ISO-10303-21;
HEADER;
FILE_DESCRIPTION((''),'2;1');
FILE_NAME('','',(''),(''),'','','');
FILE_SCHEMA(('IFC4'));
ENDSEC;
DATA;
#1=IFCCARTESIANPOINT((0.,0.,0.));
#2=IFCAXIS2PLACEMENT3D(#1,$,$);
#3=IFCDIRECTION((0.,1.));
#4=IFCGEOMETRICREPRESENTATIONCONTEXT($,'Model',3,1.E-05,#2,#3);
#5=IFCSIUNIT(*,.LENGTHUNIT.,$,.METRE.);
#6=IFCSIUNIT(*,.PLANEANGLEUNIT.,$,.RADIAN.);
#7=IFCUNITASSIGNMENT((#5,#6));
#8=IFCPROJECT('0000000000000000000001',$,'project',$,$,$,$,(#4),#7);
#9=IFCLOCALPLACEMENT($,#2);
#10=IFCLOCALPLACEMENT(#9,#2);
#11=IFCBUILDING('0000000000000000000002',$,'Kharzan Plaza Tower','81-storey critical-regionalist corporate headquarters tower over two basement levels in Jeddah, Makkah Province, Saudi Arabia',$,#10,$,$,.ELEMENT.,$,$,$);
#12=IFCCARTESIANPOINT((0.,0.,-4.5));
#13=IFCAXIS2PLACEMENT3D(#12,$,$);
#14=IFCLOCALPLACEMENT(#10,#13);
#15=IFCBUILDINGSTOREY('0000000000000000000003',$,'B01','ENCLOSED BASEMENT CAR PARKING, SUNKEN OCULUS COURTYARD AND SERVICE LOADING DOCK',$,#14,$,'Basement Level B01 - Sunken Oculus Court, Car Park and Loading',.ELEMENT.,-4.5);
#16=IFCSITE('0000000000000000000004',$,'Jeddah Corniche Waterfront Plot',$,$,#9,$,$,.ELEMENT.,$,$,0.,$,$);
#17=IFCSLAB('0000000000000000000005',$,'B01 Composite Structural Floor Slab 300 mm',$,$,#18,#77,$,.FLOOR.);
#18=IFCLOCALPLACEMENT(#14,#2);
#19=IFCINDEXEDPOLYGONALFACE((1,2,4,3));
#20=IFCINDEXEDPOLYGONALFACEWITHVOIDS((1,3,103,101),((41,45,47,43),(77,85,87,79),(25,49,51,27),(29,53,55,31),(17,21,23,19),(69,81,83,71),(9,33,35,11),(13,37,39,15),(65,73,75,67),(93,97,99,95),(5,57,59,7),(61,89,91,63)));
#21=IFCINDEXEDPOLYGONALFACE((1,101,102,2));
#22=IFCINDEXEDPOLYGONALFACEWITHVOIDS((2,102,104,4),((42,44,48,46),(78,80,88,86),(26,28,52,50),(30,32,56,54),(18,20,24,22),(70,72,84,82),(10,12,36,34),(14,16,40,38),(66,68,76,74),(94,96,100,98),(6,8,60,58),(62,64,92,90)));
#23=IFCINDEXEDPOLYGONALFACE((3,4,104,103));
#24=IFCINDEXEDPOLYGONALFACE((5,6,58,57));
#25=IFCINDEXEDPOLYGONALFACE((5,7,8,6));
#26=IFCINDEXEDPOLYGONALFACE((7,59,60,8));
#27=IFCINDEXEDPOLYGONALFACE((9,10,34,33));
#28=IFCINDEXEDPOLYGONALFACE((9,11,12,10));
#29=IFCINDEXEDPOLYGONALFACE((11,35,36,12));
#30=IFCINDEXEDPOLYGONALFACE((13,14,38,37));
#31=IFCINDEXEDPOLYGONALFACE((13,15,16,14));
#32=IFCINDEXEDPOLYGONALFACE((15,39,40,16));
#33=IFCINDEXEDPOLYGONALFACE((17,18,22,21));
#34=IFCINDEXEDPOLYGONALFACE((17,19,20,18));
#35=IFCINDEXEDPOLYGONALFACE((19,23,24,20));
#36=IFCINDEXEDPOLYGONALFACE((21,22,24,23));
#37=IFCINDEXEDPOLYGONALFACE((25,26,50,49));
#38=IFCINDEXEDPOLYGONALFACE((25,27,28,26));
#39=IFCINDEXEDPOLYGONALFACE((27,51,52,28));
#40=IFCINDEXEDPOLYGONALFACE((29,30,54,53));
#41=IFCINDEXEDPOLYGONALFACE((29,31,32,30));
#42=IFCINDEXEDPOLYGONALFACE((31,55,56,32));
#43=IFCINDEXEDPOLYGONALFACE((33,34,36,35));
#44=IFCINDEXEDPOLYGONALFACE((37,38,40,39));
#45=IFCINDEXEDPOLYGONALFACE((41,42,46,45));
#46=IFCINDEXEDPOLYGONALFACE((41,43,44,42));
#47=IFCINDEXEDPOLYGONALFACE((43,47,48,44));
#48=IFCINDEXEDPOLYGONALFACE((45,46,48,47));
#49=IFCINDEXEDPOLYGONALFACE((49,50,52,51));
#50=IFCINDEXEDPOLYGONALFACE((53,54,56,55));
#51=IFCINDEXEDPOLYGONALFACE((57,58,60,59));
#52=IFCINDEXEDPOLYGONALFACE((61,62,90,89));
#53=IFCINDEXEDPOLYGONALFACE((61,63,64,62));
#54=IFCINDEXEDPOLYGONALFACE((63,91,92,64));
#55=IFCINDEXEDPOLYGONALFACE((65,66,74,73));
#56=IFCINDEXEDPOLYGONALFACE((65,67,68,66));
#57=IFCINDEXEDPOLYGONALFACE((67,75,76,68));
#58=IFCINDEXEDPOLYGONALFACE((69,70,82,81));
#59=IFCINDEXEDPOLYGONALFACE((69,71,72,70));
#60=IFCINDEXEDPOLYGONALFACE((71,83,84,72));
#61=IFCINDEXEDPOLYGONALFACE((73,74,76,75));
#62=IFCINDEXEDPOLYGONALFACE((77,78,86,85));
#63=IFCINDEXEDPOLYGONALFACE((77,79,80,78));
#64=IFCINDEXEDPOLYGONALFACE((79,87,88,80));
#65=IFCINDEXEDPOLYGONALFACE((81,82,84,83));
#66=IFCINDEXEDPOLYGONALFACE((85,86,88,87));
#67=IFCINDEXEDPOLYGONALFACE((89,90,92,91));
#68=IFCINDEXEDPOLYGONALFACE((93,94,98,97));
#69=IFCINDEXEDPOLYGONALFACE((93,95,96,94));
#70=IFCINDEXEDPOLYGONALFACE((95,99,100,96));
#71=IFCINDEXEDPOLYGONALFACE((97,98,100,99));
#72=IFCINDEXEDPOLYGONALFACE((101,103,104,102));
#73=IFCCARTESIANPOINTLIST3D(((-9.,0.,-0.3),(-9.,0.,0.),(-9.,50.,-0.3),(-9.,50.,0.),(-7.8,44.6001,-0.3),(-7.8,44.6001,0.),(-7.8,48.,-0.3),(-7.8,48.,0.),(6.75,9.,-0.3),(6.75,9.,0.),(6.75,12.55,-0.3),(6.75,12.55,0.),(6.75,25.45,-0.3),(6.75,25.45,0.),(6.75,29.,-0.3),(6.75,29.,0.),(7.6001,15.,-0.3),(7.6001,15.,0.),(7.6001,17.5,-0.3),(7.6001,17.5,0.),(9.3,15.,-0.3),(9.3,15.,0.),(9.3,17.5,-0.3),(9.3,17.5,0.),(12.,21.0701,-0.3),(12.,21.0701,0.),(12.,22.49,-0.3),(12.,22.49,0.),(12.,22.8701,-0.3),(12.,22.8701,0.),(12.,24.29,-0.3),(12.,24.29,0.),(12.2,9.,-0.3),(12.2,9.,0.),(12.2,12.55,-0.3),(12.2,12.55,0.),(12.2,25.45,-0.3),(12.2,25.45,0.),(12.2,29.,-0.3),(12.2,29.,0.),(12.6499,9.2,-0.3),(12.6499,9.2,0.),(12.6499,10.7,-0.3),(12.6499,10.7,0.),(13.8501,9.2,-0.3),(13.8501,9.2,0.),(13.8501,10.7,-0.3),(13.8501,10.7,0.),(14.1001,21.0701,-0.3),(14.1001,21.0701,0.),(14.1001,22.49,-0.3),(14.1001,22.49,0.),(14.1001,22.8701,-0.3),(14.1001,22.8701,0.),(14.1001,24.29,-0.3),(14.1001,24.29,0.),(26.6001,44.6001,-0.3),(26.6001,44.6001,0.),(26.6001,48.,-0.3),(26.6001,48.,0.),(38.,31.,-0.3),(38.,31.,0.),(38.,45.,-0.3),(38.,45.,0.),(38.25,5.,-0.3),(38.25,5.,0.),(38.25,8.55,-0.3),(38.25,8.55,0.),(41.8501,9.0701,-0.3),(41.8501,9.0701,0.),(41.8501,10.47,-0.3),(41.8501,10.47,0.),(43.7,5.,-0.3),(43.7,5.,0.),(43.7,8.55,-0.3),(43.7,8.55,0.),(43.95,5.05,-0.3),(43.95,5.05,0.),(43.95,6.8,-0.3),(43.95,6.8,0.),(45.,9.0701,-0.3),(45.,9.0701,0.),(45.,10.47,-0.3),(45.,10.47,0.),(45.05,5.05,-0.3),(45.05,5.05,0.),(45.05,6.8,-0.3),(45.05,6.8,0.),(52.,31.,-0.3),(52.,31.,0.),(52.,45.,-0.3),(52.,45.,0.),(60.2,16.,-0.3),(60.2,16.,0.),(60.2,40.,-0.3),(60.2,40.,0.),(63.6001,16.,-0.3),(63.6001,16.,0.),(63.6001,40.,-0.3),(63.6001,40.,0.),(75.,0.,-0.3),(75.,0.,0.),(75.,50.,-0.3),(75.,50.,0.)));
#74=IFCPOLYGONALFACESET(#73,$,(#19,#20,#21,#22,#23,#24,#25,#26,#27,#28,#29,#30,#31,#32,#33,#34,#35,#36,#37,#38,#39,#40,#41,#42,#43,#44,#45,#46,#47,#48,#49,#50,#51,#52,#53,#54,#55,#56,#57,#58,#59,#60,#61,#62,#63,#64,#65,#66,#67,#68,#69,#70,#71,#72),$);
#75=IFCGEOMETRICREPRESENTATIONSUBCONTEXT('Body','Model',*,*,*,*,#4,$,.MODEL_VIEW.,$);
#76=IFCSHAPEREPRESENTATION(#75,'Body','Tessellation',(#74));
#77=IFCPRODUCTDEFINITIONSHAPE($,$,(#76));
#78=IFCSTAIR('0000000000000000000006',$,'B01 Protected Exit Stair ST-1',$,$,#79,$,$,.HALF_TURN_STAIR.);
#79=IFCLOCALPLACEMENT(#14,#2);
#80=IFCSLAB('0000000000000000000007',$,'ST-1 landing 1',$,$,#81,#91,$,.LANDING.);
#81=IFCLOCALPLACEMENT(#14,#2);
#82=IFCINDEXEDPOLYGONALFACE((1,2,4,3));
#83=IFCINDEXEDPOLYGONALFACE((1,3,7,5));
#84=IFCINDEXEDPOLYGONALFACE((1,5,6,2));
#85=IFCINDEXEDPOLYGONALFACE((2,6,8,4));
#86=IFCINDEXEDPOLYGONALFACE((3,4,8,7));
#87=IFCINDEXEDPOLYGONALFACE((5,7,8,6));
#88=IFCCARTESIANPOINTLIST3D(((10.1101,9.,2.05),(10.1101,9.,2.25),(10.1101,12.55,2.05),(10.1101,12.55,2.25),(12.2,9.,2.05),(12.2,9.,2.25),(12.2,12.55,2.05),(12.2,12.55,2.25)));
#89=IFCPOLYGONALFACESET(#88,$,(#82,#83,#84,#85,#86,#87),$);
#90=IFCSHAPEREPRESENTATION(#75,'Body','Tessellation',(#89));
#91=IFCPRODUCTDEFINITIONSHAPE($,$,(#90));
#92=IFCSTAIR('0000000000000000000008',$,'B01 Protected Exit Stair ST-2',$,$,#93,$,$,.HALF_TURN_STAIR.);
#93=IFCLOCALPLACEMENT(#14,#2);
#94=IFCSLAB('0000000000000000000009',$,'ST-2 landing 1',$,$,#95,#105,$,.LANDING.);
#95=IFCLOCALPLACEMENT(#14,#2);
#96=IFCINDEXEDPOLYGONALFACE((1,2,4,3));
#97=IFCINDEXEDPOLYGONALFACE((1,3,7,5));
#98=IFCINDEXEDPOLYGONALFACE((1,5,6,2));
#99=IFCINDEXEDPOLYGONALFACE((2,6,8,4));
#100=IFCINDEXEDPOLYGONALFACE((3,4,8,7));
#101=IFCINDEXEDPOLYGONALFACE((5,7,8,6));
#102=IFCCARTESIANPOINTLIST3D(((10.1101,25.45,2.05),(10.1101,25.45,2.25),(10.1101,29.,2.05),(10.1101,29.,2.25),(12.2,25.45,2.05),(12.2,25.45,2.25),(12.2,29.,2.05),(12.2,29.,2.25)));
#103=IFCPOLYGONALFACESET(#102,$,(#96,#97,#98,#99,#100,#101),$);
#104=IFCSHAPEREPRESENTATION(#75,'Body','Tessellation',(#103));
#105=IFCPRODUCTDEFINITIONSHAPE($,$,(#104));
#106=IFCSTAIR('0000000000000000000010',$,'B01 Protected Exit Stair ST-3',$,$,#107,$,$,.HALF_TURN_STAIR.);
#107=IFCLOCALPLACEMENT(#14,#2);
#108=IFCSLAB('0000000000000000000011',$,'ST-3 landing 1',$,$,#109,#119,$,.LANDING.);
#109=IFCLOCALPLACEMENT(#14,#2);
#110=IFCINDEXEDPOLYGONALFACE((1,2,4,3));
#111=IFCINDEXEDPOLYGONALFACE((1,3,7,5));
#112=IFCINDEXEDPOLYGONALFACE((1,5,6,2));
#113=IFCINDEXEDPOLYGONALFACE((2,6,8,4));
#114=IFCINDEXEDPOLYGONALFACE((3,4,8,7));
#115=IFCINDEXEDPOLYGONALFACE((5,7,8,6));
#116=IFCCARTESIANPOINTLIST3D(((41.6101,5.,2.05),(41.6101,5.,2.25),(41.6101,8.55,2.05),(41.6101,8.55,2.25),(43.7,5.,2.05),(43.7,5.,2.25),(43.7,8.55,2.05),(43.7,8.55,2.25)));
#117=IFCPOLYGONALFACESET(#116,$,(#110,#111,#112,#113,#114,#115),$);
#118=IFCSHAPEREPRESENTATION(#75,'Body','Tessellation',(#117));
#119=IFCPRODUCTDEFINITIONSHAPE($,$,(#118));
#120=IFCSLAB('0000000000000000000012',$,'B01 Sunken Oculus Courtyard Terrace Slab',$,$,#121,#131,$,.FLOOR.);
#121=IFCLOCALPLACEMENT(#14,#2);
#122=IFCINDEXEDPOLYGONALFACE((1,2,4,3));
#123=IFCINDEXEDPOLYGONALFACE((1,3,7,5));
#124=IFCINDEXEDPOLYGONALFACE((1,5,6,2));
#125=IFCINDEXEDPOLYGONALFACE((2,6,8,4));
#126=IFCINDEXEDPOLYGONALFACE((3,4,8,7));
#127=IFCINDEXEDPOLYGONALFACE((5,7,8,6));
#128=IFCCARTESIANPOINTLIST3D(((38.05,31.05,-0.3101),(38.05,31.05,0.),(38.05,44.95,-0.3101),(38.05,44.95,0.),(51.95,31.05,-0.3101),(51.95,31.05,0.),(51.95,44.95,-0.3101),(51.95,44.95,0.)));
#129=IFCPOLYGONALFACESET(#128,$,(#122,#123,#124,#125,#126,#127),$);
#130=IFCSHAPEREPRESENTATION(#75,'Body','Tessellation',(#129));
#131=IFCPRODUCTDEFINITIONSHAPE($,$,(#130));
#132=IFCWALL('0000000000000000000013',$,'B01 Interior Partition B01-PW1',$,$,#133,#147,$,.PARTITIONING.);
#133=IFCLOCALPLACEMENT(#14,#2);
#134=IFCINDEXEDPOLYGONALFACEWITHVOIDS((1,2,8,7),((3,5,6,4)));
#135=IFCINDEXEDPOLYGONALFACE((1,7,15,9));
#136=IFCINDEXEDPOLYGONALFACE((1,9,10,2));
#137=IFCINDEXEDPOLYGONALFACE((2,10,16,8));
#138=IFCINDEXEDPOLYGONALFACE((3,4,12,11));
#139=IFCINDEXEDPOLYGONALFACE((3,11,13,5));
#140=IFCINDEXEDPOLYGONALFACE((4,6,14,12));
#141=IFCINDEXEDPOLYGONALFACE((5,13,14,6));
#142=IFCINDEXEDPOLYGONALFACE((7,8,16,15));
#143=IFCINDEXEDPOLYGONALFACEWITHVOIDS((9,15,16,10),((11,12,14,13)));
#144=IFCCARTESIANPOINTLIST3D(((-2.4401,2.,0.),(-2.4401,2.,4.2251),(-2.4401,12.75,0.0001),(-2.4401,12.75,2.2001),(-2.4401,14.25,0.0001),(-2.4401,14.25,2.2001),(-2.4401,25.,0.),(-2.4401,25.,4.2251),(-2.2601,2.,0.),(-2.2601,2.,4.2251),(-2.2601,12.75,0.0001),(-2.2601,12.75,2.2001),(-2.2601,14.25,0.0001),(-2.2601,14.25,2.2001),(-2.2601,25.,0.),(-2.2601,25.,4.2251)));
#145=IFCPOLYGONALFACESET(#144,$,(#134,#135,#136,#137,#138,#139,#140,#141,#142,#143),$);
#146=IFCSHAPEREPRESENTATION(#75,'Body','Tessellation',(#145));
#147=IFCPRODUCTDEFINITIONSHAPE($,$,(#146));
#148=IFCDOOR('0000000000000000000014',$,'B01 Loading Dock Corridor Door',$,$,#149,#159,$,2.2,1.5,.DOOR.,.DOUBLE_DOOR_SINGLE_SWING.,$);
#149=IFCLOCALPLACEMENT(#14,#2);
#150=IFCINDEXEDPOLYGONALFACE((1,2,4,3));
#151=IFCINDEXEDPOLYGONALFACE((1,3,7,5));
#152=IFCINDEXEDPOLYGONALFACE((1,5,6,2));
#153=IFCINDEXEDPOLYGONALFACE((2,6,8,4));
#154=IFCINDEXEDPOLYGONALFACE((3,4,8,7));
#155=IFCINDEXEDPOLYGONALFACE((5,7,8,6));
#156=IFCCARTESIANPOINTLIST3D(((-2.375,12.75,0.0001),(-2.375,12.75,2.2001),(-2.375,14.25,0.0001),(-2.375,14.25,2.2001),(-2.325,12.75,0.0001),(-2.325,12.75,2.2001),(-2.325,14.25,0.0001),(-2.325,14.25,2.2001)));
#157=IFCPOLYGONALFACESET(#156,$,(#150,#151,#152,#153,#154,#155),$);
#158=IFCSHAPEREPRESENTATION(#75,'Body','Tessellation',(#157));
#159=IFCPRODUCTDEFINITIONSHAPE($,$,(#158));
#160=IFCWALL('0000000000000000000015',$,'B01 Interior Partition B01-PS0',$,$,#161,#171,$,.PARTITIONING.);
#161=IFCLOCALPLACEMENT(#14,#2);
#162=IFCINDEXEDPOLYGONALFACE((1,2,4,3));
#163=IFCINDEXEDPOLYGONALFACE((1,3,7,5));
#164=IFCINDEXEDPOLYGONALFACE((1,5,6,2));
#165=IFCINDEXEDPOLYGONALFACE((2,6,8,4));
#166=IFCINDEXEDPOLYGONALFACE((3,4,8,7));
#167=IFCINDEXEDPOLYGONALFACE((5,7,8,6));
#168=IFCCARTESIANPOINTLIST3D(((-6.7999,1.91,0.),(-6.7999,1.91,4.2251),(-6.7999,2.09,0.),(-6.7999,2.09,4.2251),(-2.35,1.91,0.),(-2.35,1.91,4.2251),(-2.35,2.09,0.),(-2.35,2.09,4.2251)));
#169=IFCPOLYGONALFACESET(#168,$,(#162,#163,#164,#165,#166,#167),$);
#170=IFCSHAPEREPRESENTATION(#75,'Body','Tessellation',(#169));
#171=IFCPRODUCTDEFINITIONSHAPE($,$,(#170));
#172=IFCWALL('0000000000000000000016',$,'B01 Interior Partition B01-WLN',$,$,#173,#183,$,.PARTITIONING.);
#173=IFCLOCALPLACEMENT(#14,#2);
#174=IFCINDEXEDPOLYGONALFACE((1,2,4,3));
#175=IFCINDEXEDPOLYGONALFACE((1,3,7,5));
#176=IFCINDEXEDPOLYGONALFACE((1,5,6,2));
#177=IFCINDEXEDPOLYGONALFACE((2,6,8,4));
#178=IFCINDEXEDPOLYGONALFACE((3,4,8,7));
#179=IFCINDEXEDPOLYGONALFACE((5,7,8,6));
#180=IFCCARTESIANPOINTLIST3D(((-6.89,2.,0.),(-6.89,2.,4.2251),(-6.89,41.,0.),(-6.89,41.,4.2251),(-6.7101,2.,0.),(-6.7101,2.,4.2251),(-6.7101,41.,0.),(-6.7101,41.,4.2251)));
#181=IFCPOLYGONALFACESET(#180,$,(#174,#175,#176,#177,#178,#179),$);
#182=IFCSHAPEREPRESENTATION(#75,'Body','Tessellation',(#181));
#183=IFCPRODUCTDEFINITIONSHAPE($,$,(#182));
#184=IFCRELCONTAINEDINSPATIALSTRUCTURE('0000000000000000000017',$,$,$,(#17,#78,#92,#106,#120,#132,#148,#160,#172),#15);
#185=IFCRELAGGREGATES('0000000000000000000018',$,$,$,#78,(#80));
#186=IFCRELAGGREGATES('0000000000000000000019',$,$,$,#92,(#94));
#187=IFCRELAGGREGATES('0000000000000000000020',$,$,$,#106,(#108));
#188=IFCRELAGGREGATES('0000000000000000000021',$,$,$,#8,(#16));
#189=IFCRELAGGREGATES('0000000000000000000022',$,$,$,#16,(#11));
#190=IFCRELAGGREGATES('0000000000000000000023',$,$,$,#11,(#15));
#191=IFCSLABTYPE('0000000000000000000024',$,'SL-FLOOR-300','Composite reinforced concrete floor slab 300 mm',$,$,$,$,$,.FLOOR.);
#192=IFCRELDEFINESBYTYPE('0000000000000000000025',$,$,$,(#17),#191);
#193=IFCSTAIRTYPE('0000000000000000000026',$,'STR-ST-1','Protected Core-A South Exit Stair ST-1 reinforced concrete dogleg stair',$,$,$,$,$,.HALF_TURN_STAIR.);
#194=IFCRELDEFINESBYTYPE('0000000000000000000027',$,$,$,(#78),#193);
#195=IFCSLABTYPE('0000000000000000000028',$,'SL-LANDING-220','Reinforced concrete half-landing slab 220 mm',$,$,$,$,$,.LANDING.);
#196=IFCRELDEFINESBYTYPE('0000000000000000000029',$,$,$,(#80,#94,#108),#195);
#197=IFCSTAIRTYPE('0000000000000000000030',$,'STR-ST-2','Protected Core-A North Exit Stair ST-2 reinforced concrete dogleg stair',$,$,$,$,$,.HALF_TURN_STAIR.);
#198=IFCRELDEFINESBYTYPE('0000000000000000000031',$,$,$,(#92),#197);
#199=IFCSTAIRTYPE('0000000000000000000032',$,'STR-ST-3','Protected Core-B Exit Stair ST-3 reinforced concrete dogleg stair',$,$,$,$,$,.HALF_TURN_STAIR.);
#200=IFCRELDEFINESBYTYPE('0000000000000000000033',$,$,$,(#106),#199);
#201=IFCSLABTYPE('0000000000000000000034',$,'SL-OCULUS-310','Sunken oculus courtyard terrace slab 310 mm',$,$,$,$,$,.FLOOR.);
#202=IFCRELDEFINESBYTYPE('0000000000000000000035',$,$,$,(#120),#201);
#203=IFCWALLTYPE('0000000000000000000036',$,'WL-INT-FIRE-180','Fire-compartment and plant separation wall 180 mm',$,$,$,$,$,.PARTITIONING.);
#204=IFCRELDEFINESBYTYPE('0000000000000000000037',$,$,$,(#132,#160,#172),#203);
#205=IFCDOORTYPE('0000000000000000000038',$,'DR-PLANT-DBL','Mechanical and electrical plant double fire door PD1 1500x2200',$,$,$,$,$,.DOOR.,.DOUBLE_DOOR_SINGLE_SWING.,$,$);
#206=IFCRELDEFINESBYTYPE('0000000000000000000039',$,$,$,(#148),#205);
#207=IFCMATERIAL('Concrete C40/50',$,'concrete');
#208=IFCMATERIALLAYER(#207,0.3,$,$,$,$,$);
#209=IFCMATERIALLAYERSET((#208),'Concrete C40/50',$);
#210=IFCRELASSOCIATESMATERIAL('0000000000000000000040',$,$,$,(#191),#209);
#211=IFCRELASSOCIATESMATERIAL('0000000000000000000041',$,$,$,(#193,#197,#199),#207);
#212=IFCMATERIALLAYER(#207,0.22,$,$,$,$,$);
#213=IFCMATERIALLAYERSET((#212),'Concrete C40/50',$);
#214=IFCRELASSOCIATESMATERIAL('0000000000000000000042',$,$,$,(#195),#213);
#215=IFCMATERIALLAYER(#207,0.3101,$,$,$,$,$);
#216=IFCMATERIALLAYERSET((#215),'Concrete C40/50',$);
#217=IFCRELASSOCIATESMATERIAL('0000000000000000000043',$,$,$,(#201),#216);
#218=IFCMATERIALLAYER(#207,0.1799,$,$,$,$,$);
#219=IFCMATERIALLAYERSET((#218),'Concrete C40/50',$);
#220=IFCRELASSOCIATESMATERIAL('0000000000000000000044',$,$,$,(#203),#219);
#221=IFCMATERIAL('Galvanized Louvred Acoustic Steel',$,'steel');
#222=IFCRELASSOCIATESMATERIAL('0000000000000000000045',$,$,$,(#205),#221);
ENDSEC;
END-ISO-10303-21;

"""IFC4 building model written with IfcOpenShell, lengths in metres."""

from ifc_helpers import new_model, si_unit, direction, frame, frame_2d, origin, place, context, subcontext, project, spatial, polyline, rectangle, outline, extrude, source, transform, mapped, material, layer, layer_set, type_object, element, fill, aggregate, save


model = new_model("IFC4")

# Units and contexts
model_context = context("Model", 3, precision=1e-05, world=origin(), true_north=direction((0.0, 1.0)))
body_context = subcontext(model_context, "Body", "Model", "MODEL_VIEW")
ifc_project = project(units=[si_unit("LENGTHUNIT", "METRE"), si_unit("PLANEANGLEUNIT", "RADIAN")], contexts=[model_context])

# Site, building, storey
site_placement = place(None, origin())
site = spatial("IfcSite", under=ifc_project, at=site_placement, Name="Jeddah Corniche Waterfront Plot", CompositionType="ELEMENT", RefElevation=0.0)
building_placement = place(site_placement, origin())
building = spatial("IfcBuilding", under=site, at=building_placement, Name="Kharzan Plaza Tower", Description="81-storey critical-regionalist corporate headquarters tower over two basement levels in Jeddah, Makkah Province, Saudi Arabia", CompositionType="ELEMENT")
storey_placement = place(building_placement, frame((0.0, 0.0, -4.5)))
storey = spatial("IfcBuildingStorey", under=building, at=storey_placement, Name="B01", Description="ENCLOSED BASEMENT CAR PARKING, SUNKEN OCULUS COURTYARD AND SERVICE LOADING DOCK", LongName="Basement Level B01 - Sunken Oculus Court, Car Park and Loading", CompositionType="ELEMENT", Elevation=-4.5)

# Slab
ifc_material_1 = material(Name="Concrete C40/50", Category="concrete")
ifc_layer_1 = layer(ifc_material_1, 0.3)
ifc_layer_set_1 = layer_set([ifc_layer_1], Name="Concrete C40/50")
slab_type_1 = type_object("IfcSlabType", Name="SL-FLOOR-300", Description="Composite reinforced concrete floor slab 300 mm", PredefinedType="FLOOR", material=ifc_layer_set_1)
slab_1_placement = place(storey_placement, frame((0.0, 0.0, -0.3)))
element("IfcSlab", 1, at=slab_1_placement, inside=storey, type_object=slab_type_1, Name="B01 Composite Structural Floor Slab 300 mm", PredefinedType="FLOOR", context=body_context, shape_type="SweptSolid", body=[
    extrude(outline(polyline([(-9.0, 0.0), (75.0, 0.0), (75.0, 50.0), (-9.0, 50.0), (-9.0, 0.0)]), holes=[polyline([(12.2, 12.55), (6.75, 12.55), (6.75, 9.0), (12.2, 9.0), (12.2, 12.55)]), polyline([(9.3, 15.0), (9.3, 17.5), (7.6001, 17.5), (7.6001, 15.0), (9.3, 15.0)]), polyline([(14.1001, 21.0701), (14.1001, 22.49), (12.0, 22.49), (12.0, 21.0701), (14.1001, 21.0701)]), polyline([(14.1001, 24.29), (12.0, 24.29), (12.0, 22.8701), (14.1001, 22.8701), (14.1001, 24.29)]), polyline([(12.2, 25.45), (12.2, 29.0), (6.75, 29.0), (6.75, 25.45), (12.2, 25.45)]), polyline([(26.6001, 44.6001), (26.6001, 48.0), (-7.8, 48.0), (-7.8, 44.6001), (26.6001, 44.6001)]), polyline([(45.05, 6.8), (43.95, 6.8), (43.95, 5.05), (45.05, 5.05), (45.05, 6.8)]), polyline([(43.7, 5.0), (43.7, 8.55), (38.25, 8.55), (38.25, 5.0), (43.7, 5.0)]), polyline([(45.0, 9.0701), (45.0, 10.47), (41.8501, 10.47), (41.8501, 9.0701), (45.0, 9.0701)]), polyline([(13.8501, 10.7), (12.6499, 10.7), (12.6499, 9.2), (13.8501, 9.2), (13.8501, 10.7)]), polyline([(63.6001, 16.0), (63.6001, 40.0), (60.2, 40.0), (60.2, 16.0), (63.6001, 16.0)]), polyline([(52.0, 31.0), (52.0, 45.0), (38.0, 45.0), (38.0, 31.0), (52.0, 31.0)])]), origin(), (0.0, 0.0, 1.0), 0.3),
])

# Stairs, slabs
stair_type_1 = type_object("IfcStairType", Name="STR-ST-1", Description="Protected Core-A South Exit Stair ST-1 reinforced concrete dogleg stair", PredefinedType="HALF_TURN_STAIR", material=ifc_material_1)
stair_1_placement = place(storey_placement, origin())
stair_1 = element("IfcStair", 2, at=stair_1_placement, inside=storey, type_object=stair_type_1, Name="B01 Protected Exit Stair ST-1", PredefinedType="HALF_TURN_STAIR")
ifc_layer_2 = layer(ifc_material_1, 0.22)
ifc_layer_set_2 = layer_set([ifc_layer_2], Name="Concrete C40/50")
slab_type_2 = type_object("IfcSlabType", Name="SL-LANDING-220", Description="Reinforced concrete half-landing slab 220 mm", PredefinedType="LANDING", material=ifc_layer_set_2)
slab_2_placement = place(storey_placement, frame((0.0, 0.0, 2.05)))
slab_2 = element("IfcSlab", 3, at=slab_2_placement, type_object=slab_type_2, Name="ST-1 landing 1", PredefinedType="LANDING", context=body_context, shape_type="SweptSolid", body=[
    extrude(outline(polyline([(10.1101, 9.0), (12.2, 9.0), (12.2, 12.55), (10.1101, 12.55), (10.1101, 9.0)])), origin(), (0.0, 0.0, 1.0), 0.2),
])
aggregate(stair_1, [slab_2])
stair_type_2 = type_object("IfcStairType", Name="STR-ST-2", Description="Protected Core-A North Exit Stair ST-2 reinforced concrete dogleg stair", PredefinedType="HALF_TURN_STAIR", material=ifc_material_1)
stair_2_placement = place(storey_placement, origin())
stair_2 = element("IfcStair", 4, at=stair_2_placement, inside=storey, type_object=stair_type_2, Name="B01 Protected Exit Stair ST-2", PredefinedType="HALF_TURN_STAIR")
slab_3_placement = place(storey_placement, frame((0.0, 0.0, 2.05)))
slab_3 = element("IfcSlab", 5, at=slab_3_placement, type_object=slab_type_2, Name="ST-2 landing 1", PredefinedType="LANDING", context=body_context, shape_type="SweptSolid", body=[
    extrude(outline(polyline([(10.1101, 25.45), (12.2, 25.45), (12.2, 29.0), (10.1101, 29.0), (10.1101, 25.45)])), origin(), (0.0, 0.0, 1.0), 0.2),
])
aggregate(stair_2, [slab_3])
stair_type_3 = type_object("IfcStairType", Name="STR-ST-3", Description="Protected Core-B Exit Stair ST-3 reinforced concrete dogleg stair", PredefinedType="HALF_TURN_STAIR", material=ifc_material_1)
stair_3_placement = place(storey_placement, origin())
stair_3 = element("IfcStair", 6, at=stair_3_placement, inside=storey, type_object=stair_type_3, Name="B01 Protected Exit Stair ST-3", PredefinedType="HALF_TURN_STAIR")
slab_4_placement = place(storey_placement, frame((0.0, 0.0, 2.05)))
slab_4 = element("IfcSlab", 7, at=slab_4_placement, type_object=slab_type_2, Name="ST-3 landing 1", PredefinedType="LANDING", context=body_context, shape_type="SweptSolid", body=[
    extrude(outline(polyline([(41.6101, 5.0), (43.7, 5.0), (43.7, 8.55), (41.6101, 8.55), (41.6101, 5.0)])), origin(), (0.0, 0.0, 1.0), 0.2),
])
aggregate(stair_3, [slab_4])

# Slab
ifc_layer_3 = layer(ifc_material_1, 0.3101)
ifc_layer_set_3 = layer_set([ifc_layer_3], Name="Concrete C40/50")
slab_type_3 = type_object("IfcSlabType", Name="SL-OCULUS-310", Description="Sunken oculus courtyard terrace slab 310 mm", PredefinedType="FLOOR", material=ifc_layer_set_3)
slab_5_placement = place(storey_placement, frame((0.0, 0.0, -0.3101)))
element("IfcSlab", 8, at=slab_5_placement, inside=storey, type_object=slab_type_3, Name="B01 Sunken Oculus Courtyard Terrace Slab", PredefinedType="FLOOR", context=body_context, shape_type="SweptSolid", body=[
    extrude(outline(polyline([(38.05, 31.05), (51.95, 31.05), (51.95, 44.95), (38.05, 44.95), (38.05, 31.05)])), origin(), (0.0, 0.0, 1.0), 0.3101),
])

# Wall, opening, door
ifc_layer_4 = layer(ifc_material_1, 0.1799)
ifc_layer_set_4 = layer_set([ifc_layer_4], Name="Concrete C40/50")
wall_type_1 = type_object("IfcWallType", Name="WL-INT-FIRE-180", Description="Fire-compartment and plant separation wall 180 mm", PredefinedType="PARTITIONING", material=ifc_layer_set_4)
wall_1_placement = place(storey_placement, frame((-2.3501, 2.0, 0.0), z_axis=(0.0, 0.0, 1.0), x_axis=(0.0, 1.0, 0.0)))
wall_1 = element("IfcWall", 9, at=wall_1_placement, inside=storey, type_object=wall_type_1, Name="B01 Interior Partition B01-PW1", PredefinedType="PARTITIONING", context=body_context, shape_type="SweptSolid", body=[
    extrude(rectangle(XDim=23.0, YDim=0.1799, at=frame_2d((11.5, 0.0))), origin(), (0.0, 0.0, 1.0), 4.2251),
])
opening_placement = place(wall_1_placement, frame((10.75, 0.0, 0.0)))
opening = element("IfcOpeningElement", 10, at=opening_placement, cuts=wall_1, PredefinedType="OPENING", context=body_context, shape_type="SweptSolid", body=[
    extrude(rectangle(XDim=1.5, YDim=2.2, at=frame_2d((0.75, 1.1001))), frame((0.0, 0.0999, 0.0), z_axis=(0.0, -1.0, 0.0), x_axis=(1.0, 0.0, 0.0)), (0.0, 0.0, 1.0), 0.2),
])
ifc_material_2 = material(Name="Galvanized Louvred Acoustic Steel", Category="steel")
door_type = type_object("IfcDoorType", Name="DR-PLANT-DBL", Description="Mechanical and electrical plant double fire door PD1 1500x2200", OperationType="DOUBLE_DOOR_SINGLE_SWING", PredefinedType="DOOR", material=ifc_material_2)
shared_shape_1 = source(origin(), body_context, "Body", "SweptSolid", [
    extrude(rectangle(XDim=1.5, YDim=2.2, at=frame_2d((0.75, 1.1001))), frame((0.0, 0.0249, 0.0), z_axis=(0.0, -1.0, 0.0), x_axis=(1.0, 0.0, 0.0)), (0.0, 0.0, 1.0), 0.05),
])
door_placement = place(opening_placement, origin())
door = element("IfcDoor", 11, at=door_placement, inside=storey, type_object=door_type, Name="B01 Loading Dock Corridor Door", OperationType="DOUBLE_DOOR_SINGLE_SWING", OverallHeight=2.2, OverallWidth=1.5, PredefinedType="DOOR", context=body_context, shape_type="MappedRepresentation", body=[
    mapped(shared_shape_1, transform((0.0, 0.0, 0.0), x_axis=(1.0, 0.0, 0.0), y_axis=(0.0, 1.0, 0.0), z_axis=(0.0, 0.0, 1.0))),
])
fill(opening, door)

# Walls
shared_shape_2 = source(origin(), body_context, "Body", "SweptSolid", [
    extrude(rectangle(XDim=4.45, YDim=0.1799, at=frame_2d((2.2251, 0.0))), origin(), (0.0, 0.0, 1.0), 4.2251),
])
wall_2_placement = place(storey_placement, frame((-6.8, 2.0, 0.0), z_axis=(0.0, 0.0, 1.0), x_axis=(1.0, 0.0, 0.0)))
element("IfcWall", 12, at=wall_2_placement, inside=storey, type_object=wall_type_1, Name="B01 Interior Partition B01-PS0", PredefinedType="PARTITIONING", context=body_context, shape_type="MappedRepresentation", body=[
    mapped(shared_shape_2, transform((0.0, 0.0, 0.0), x_axis=(1.0, 0.0, 0.0), y_axis=(0.0, 1.0, 0.0), z_axis=(0.0, 0.0, 1.0))),
])
shared_shape_3 = source(origin(), body_context, "Body", "SweptSolid", [
    extrude(rectangle(XDim=39.0, YDim=0.1799, at=frame_2d((19.5, 0.0))), origin(), (0.0, 0.0, 1.0), 4.2251),
])
wall_3_placement = place(storey_placement, frame((-6.8, 2.0, 0.0), z_axis=(0.0, 0.0, 1.0), x_axis=(0.0, 1.0, 0.0)))
element("IfcWall", 13, at=wall_3_placement, inside=storey, type_object=wall_type_1, Name="B01 Interior Partition B01-WLN", PredefinedType="PARTITIONING", context=body_context, shape_type="MappedRepresentation", body=[
    mapped(shared_shape_3, transform((0.0, 0.0, 0.0), x_axis=(1.0, 0.0, 0.0), y_axis=(0.0, 1.0, 0.0), z_axis=(0.0, 0.0, 1.0))),
])

save(model, "model.ifc")
